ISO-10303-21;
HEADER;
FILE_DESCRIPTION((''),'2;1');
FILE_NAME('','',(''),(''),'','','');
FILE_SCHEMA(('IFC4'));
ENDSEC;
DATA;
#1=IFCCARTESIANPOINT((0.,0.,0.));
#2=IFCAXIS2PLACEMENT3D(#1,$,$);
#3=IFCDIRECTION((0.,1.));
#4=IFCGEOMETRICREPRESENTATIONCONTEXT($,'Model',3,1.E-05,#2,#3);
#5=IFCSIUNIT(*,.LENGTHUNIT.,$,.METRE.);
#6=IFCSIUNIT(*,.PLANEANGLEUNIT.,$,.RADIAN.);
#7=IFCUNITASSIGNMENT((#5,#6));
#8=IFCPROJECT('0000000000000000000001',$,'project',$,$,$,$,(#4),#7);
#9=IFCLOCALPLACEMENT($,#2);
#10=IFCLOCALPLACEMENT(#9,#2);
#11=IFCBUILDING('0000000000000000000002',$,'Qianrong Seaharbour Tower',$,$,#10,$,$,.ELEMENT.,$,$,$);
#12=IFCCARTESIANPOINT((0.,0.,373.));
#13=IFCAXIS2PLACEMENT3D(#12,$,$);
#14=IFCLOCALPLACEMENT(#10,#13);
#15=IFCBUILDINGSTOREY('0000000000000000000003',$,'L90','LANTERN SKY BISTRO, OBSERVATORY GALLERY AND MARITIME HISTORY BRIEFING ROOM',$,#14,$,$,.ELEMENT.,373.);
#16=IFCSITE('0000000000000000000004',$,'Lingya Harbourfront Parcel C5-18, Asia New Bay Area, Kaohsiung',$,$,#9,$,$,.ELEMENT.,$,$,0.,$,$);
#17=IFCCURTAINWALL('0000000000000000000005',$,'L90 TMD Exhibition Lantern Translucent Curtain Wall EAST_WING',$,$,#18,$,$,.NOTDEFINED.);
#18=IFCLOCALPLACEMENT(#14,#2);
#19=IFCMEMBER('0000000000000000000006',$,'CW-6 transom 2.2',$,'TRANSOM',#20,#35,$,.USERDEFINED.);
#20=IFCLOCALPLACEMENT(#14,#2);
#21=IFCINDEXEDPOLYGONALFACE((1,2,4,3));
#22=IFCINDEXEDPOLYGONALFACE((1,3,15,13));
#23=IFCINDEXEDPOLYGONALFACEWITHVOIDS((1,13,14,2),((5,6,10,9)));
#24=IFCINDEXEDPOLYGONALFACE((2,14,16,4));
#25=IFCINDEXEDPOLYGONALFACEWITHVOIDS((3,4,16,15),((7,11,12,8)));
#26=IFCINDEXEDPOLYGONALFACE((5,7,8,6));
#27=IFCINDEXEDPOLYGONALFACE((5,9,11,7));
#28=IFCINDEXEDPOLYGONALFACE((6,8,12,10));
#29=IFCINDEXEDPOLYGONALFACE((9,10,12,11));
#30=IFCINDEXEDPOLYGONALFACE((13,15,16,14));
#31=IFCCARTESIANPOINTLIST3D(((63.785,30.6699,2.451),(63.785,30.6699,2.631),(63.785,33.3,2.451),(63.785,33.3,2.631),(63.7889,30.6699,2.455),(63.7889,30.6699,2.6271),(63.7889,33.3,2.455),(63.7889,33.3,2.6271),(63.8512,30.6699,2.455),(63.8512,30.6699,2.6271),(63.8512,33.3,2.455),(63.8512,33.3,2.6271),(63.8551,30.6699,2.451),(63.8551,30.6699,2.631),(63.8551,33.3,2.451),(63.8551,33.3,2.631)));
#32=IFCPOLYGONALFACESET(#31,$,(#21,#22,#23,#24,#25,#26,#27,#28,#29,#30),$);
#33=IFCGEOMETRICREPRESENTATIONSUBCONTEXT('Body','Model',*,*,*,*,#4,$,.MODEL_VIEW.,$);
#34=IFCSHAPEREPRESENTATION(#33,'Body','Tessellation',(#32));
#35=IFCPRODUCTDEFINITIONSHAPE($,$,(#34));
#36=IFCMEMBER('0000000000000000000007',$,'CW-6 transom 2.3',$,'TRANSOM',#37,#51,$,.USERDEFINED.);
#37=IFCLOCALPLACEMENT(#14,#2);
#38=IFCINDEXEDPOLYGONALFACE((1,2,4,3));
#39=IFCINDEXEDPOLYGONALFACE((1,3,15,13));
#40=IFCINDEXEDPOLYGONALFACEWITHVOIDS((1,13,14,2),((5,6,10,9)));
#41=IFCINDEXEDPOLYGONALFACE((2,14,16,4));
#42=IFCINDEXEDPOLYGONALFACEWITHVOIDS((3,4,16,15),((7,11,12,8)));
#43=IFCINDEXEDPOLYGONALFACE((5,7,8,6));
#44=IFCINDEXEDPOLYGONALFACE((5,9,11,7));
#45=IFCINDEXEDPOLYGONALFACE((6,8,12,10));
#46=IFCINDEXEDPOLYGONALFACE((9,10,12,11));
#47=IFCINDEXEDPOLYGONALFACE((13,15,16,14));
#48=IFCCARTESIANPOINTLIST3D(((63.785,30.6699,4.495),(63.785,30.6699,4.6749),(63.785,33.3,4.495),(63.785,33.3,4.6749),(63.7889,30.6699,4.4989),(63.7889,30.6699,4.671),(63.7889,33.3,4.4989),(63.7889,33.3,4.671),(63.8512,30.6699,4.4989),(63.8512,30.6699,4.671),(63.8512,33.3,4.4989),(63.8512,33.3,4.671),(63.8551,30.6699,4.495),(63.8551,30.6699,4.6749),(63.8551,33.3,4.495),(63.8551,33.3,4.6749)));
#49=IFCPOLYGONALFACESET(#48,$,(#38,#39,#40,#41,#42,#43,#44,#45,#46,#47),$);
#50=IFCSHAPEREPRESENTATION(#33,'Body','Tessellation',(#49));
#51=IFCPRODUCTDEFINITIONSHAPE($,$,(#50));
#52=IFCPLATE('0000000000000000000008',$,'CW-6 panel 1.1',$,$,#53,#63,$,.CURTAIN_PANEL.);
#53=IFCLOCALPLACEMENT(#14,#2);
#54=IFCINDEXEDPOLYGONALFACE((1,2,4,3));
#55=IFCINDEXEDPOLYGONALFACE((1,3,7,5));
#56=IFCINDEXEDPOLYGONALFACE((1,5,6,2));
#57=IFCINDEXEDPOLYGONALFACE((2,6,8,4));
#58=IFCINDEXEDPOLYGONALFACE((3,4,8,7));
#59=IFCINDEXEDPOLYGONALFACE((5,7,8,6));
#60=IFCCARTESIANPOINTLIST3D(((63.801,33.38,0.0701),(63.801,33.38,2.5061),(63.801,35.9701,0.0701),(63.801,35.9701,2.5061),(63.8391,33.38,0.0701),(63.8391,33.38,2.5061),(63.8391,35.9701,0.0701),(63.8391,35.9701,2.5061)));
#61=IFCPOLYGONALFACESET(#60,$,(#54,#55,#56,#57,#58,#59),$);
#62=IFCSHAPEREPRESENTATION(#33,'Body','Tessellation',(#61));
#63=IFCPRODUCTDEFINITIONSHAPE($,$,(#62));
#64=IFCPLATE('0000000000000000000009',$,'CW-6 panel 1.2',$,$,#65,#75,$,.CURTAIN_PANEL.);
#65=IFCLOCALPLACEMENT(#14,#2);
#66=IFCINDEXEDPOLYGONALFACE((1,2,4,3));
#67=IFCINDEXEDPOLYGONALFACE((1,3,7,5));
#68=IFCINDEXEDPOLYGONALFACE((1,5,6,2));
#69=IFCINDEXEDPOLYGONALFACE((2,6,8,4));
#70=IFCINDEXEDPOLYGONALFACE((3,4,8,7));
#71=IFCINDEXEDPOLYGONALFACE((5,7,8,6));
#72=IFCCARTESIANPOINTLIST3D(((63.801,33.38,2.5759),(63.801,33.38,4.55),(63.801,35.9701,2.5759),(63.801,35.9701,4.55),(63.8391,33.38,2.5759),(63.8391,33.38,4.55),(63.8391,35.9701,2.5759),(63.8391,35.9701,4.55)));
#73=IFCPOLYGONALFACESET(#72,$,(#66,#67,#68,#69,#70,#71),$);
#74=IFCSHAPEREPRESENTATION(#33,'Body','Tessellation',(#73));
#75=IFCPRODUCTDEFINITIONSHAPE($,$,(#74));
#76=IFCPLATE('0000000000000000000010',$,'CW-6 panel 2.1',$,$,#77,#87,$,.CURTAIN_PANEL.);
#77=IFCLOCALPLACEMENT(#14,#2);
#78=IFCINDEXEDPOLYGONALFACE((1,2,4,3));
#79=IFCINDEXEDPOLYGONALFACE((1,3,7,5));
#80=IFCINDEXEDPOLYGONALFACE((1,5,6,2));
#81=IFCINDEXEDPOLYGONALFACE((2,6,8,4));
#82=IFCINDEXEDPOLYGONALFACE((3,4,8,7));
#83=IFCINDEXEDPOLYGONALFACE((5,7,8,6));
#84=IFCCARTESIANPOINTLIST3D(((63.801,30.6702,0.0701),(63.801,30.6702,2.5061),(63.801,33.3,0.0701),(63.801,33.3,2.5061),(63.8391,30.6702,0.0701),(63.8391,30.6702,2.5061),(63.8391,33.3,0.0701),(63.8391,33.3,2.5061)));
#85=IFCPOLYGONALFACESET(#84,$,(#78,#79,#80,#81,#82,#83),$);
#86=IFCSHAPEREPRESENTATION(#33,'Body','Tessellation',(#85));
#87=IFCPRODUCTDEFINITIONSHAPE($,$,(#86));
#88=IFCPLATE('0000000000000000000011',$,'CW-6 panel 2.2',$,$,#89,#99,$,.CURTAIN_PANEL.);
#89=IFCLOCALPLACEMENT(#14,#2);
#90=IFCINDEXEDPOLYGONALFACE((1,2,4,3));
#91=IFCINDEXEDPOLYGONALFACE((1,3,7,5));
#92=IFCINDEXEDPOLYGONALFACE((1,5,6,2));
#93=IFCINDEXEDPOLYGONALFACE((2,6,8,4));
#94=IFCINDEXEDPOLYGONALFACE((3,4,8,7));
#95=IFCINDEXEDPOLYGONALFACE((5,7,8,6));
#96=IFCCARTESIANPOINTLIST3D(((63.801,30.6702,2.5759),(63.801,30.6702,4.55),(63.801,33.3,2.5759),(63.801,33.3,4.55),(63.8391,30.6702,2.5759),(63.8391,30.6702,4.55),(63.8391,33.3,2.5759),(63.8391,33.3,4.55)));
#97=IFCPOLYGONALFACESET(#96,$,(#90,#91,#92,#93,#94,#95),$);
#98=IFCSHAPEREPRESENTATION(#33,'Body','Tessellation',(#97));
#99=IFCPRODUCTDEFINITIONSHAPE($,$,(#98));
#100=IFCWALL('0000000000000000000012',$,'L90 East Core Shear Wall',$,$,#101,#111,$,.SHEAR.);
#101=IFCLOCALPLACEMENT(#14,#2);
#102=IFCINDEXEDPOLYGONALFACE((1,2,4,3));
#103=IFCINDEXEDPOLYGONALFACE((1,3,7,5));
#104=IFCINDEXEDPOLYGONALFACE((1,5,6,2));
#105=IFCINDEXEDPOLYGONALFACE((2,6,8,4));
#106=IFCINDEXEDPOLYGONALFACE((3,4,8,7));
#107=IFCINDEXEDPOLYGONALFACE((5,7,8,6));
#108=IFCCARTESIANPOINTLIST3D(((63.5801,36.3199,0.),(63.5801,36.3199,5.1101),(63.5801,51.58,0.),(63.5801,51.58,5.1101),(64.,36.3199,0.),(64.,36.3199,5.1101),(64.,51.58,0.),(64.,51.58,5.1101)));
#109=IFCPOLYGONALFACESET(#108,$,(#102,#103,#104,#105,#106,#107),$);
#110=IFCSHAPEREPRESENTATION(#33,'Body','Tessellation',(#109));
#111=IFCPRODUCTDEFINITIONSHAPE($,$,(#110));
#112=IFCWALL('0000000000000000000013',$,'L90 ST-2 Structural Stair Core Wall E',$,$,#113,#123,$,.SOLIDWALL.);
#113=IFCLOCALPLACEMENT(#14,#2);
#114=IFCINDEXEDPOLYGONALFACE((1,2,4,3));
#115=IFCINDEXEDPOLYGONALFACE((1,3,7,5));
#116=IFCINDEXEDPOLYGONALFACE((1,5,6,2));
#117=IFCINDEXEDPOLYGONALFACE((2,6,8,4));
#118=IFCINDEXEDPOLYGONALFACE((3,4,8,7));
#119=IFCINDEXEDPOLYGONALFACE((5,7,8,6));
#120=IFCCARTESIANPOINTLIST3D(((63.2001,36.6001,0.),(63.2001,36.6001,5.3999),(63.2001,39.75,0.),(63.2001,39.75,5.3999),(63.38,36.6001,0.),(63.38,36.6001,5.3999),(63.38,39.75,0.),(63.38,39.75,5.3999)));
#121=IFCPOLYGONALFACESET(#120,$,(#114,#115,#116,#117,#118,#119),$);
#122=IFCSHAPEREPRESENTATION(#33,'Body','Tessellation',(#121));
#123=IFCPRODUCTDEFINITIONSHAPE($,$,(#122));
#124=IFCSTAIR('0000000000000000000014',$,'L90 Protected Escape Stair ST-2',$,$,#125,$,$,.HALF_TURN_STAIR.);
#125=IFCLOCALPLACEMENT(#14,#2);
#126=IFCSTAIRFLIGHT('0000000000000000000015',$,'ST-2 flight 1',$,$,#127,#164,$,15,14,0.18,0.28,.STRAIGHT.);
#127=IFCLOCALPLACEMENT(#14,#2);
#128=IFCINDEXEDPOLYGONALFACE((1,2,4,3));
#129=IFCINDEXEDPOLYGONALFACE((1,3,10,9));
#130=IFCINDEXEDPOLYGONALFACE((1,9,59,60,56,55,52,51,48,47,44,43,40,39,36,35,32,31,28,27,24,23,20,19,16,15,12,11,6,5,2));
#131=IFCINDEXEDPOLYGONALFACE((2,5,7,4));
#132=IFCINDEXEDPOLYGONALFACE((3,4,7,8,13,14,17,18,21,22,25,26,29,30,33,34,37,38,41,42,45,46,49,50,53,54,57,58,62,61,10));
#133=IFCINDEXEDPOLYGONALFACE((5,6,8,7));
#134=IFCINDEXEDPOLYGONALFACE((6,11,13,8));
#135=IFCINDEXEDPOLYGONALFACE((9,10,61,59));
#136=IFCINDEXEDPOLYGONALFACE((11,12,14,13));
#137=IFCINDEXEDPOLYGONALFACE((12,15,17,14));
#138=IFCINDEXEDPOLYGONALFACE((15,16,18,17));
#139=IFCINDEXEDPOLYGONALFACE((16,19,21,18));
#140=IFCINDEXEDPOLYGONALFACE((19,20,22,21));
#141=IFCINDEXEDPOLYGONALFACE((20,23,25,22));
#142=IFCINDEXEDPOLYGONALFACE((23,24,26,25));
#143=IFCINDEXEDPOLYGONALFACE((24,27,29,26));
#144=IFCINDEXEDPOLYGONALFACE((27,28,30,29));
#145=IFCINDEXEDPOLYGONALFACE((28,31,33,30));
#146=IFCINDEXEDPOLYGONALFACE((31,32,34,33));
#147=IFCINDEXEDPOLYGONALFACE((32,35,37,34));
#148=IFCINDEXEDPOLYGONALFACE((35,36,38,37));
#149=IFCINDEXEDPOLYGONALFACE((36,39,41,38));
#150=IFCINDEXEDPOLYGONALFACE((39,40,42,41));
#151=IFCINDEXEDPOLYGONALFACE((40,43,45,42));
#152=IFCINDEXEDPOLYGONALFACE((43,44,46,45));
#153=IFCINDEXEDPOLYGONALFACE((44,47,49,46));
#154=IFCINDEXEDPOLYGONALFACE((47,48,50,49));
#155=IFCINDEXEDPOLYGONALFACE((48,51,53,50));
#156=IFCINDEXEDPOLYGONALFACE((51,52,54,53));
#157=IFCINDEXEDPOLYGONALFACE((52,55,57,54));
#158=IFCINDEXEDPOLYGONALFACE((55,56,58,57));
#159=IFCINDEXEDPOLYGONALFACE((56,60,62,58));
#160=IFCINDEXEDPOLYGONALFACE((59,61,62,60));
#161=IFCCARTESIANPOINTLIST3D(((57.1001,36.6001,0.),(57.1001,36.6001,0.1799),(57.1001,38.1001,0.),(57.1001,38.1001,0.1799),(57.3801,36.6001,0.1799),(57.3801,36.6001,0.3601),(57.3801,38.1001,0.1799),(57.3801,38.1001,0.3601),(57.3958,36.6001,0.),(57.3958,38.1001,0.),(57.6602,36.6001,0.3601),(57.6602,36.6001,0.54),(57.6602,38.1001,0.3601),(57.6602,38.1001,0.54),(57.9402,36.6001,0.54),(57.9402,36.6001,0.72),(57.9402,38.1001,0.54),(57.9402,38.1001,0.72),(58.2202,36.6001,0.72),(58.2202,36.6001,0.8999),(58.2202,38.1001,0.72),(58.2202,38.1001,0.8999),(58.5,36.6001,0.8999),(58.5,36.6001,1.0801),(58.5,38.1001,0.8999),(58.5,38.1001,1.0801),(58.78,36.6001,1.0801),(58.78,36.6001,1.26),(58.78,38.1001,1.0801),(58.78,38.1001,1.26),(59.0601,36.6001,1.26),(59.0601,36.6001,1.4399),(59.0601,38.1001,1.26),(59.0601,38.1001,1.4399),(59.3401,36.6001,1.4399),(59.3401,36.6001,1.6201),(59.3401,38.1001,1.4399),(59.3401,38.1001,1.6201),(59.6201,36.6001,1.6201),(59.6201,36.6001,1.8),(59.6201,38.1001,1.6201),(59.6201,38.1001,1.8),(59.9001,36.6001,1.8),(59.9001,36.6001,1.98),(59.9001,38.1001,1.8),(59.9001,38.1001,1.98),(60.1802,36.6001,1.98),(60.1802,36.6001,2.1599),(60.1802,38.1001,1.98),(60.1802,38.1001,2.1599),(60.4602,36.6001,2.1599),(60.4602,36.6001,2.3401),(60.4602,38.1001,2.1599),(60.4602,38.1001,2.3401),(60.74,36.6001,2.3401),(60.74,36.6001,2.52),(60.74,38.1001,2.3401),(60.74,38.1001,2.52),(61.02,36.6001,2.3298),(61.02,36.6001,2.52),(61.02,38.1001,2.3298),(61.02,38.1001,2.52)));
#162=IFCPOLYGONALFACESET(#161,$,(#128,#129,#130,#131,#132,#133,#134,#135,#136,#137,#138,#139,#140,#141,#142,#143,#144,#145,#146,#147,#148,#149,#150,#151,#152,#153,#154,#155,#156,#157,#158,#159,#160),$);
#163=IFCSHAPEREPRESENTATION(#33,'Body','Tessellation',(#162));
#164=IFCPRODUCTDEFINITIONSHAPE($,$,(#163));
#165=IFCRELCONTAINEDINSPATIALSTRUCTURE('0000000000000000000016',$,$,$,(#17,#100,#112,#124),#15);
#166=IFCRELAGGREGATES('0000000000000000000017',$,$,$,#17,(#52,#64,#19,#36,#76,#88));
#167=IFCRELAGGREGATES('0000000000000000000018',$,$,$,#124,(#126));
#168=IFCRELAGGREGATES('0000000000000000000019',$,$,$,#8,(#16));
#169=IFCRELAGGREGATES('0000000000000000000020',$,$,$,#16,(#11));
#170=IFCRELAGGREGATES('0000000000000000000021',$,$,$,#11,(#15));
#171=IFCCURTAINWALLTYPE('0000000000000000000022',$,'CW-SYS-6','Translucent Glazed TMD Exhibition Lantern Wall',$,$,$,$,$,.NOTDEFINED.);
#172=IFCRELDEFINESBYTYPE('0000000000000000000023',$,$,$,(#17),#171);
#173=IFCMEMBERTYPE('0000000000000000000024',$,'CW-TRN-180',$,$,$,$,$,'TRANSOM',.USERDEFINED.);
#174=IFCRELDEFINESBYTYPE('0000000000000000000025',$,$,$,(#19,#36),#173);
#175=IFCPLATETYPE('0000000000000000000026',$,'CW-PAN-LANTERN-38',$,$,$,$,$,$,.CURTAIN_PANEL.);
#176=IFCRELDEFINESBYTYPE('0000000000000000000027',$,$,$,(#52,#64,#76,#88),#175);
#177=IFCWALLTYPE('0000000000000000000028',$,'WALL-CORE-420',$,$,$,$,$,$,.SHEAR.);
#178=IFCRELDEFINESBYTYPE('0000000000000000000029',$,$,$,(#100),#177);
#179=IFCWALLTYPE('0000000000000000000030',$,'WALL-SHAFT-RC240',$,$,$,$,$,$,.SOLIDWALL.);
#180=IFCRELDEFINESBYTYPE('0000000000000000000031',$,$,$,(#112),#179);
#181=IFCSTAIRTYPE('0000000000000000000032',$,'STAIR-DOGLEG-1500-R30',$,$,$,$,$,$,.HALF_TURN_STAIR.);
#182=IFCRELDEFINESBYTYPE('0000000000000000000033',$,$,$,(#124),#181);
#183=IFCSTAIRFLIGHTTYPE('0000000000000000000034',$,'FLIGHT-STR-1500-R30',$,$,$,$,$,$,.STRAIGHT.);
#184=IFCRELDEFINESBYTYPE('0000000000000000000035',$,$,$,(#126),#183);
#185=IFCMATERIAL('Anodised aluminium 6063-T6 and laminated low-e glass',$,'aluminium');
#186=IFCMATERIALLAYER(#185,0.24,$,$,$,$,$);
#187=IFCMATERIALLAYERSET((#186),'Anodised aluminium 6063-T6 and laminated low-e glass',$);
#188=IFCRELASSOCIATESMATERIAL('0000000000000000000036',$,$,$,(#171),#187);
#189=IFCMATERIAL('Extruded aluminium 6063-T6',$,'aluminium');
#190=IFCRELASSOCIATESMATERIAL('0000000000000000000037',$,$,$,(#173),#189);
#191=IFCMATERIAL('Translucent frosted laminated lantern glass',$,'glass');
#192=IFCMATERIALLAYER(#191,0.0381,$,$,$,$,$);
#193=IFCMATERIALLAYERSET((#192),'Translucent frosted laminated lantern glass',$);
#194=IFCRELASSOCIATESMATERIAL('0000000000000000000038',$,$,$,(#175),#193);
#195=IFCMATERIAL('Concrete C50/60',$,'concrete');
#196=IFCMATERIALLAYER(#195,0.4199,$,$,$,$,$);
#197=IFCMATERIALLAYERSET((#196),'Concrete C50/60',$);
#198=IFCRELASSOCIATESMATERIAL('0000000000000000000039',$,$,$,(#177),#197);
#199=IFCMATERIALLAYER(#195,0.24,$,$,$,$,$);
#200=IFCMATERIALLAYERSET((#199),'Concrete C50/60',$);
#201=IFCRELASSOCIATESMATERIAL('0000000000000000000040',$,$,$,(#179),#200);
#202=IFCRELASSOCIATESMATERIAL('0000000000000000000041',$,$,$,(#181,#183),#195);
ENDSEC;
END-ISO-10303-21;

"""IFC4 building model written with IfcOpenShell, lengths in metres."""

from ifc_helpers import new_model, si_unit, direction, frame, frame_2d, origin, origin_2d, place, context, subcontext, project, spatial, polyline, rectangle, hollow_rectangle, outline, extrude, material, layer, layer_set, material_profile, profile_set, type_object, element, aggregate, save


model = new_model("IFC4")

# Units and contexts
model_context = context("Model", 3, precision=1e-05, world=origin(), true_north=direction((0.0, 1.0)))
body_context = subcontext(model_context, "Body", "Model", "MODEL_VIEW")
ifc_project = project(units=[si_unit("LENGTHUNIT", "METRE"), si_unit("PLANEANGLEUNIT", "RADIAN")], contexts=[model_context])

# Site, building, storey
site_placement = place(None, origin())
site = spatial("IfcSite", under=ifc_project, at=site_placement, Name="Lingya Harbourfront Parcel C5-18, Asia New Bay Area, Kaohsiung", CompositionType="ELEMENT", RefElevation=0.0)
building_placement = place(site_placement, origin())
building = spatial("IfcBuilding", under=site, at=building_placement, Name="Qianrong Seaharbour Tower", CompositionType="ELEMENT")
storey_placement = place(building_placement, frame((0.0, 0.0, 373.0)))
storey = spatial("IfcBuildingStorey", under=building, at=storey_placement, Name="L90", Description="LANTERN SKY BISTRO, OBSERVATORY GALLERY AND MARITIME HISTORY BRIEFING ROOM", CompositionType="ELEMENT", Elevation=373.0)

# Shared definitions
ifc_material_1 = material(Name="Concrete C50/60", Category="concrete")

# Curtain wall, members, plates
ifc_material_2 = material(Name="Anodised aluminium 6063-T6 and laminated low-e glass", Category="aluminium")
ifc_layer_1 = layer(ifc_material_2, 0.24)
ifc_layer_set_1 = layer_set([ifc_layer_1], Name="Anodised aluminium 6063-T6 and laminated low-e glass")
curtain_wall_type = type_object("IfcCurtainWallType", Name="CW-SYS-6", Description="Translucent Glazed TMD Exhibition Lantern Wall", PredefinedType="NOTDEFINED", material=ifc_layer_set_1)
curtain_wall_placement = place(storey_placement, origin())
curtain_wall = element("IfcCurtainWall", 1, at=curtain_wall_placement, inside=storey, type_object=curtain_wall_type, Name="L90 TMD Exhibition Lantern Translucent Curtain Wall EAST_WING", PredefinedType="NOTDEFINED")
ifc_material_3 = material(Name="Extruded aluminium 6063-T6", Category="aluminium")
ifc_material_profile_1 = material_profile(ifc_material_3, hollow_rectangle(XDim=0.0701, YDim=0.1799, WallThickness=0.0039, at=origin_2d()), Name="ALU-TRN-180x70x4")
ifc_profile_set_1 = profile_set([ifc_material_profile_1], Name="Extruded aluminium 6063-T6")
member_type_1 = type_object("IfcMemberType", Name="CW-TRN-180", ElementType="TRANSOM", PredefinedType="USERDEFINED", material=ifc_profile_set_1)
member_1_placement = place(storey_placement, frame((63.8201, 33.3, 2.541), z_axis=(0.0, -1.0, 0.0), x_axis=(1.0, 0.0, 0.0)))
member_1 = element("IfcMember", 2, at=member_1_placement, type_object=member_type_1, Name="CW-6 transom 2.2", ObjectType="TRANSOM", PredefinedType="USERDEFINED", context=body_context, shape_type="SweptSolid", body=[
    extrude(hollow_rectangle(XDim=0.0701, YDim=0.1799, WallThickness=0.0039, at=origin_2d()), origin(), (0.0, 0.0, 1.0), 2.6301),
])
member_2_placement = place(storey_placement, frame((63.8201, 33.3, 4.585), z_axis=(0.0, -1.0, 0.0), x_axis=(1.0, 0.0, 0.0)))
member_2 = element("IfcMember", 3, at=member_2_placement, type_object=member_type_1, Name="CW-6 transom 2.3", ObjectType="TRANSOM", PredefinedType="USERDEFINED", context=body_context, shape_type="SweptSolid", body=[
    extrude(hollow_rectangle(XDim=0.0701, YDim=0.1799, WallThickness=0.0039, at=origin_2d()), origin(), (0.0, 0.0, 1.0), 2.6301),
])
ifc_material_4 = material(Name="Translucent frosted laminated lantern glass", Category="glass")
ifc_layer_2 = layer(ifc_material_4, 0.0381)
ifc_layer_set_2 = layer_set([ifc_layer_2], Name="Translucent frosted laminated lantern glass")
plate_type = type_object("IfcPlateType", Name="CW-PAN-LANTERN-38", PredefinedType="CURTAIN_PANEL", material=ifc_layer_set_2)
plate_1_placement = place(storey_placement, frame((63.8201, 34.675, 0.0701), z_axis=(0.0, 0.0, 1.0), x_axis=(0.0, -1.0, 0.0)))
plate_1 = element("IfcPlate", 4, at=plate_1_placement, type_object=plate_type, Name="CW-6 panel 1.1", PredefinedType="CURTAIN_PANEL", context=body_context, shape_type="SweptSolid", body=[
    extrude(rectangle(XDim=2.5901, YDim=0.0381, at=origin_2d()), origin(), (0.0, 0.0, 1.0), 2.436),
])
plate_2_placement = place(storey_placement, frame((63.8201, 34.675, 2.5759), z_axis=(0.0, 0.0, 1.0), x_axis=(0.0, -1.0, 0.0)))
plate_2 = element("IfcPlate", 5, at=plate_2_placement, type_object=plate_type, Name="CW-6 panel 1.2", PredefinedType="CURTAIN_PANEL", context=body_context, shape_type="SweptSolid", body=[
    extrude(rectangle(XDim=2.5901, YDim=0.0381, at=origin_2d()), origin(), (0.0, 0.0, 1.0), 1.9741),
])
plate_3_placement = place(storey_placement, frame((63.8201, 31.9851, 0.0701), z_axis=(0.0, 0.0, 1.0), x_axis=(0.0, -1.0, 0.0)))
plate_3 = element("IfcPlate", 6, at=plate_3_placement, type_object=plate_type, Name="CW-6 panel 2.1", PredefinedType="CURTAIN_PANEL", context=body_context, shape_type="SweptSolid", body=[
    extrude(rectangle(XDim=2.6299, YDim=0.0381, at=origin_2d()), origin(), (0.0, 0.0, 1.0), 2.436),
])
plate_4_placement = place(storey_placement, frame((63.8201, 31.9851, 2.5759), z_axis=(0.0, 0.0, 1.0), x_axis=(0.0, -1.0, 0.0)))
plate_4 = element("IfcPlate", 7, at=plate_4_placement, type_object=plate_type, Name="CW-6 panel 2.2", PredefinedType="CURTAIN_PANEL", context=body_context, shape_type="SweptSolid", body=[
    extrude(rectangle(XDim=2.6299, YDim=0.0381, at=origin_2d()), origin(), (0.0, 0.0, 1.0), 1.9741),
])
aggregate(curtain_wall, [plate_1, plate_2, member_1, member_2, plate_3, plate_4])

# Walls
ifc_layer_3 = layer(ifc_material_1, 0.4199)
ifc_layer_set_3 = layer_set([ifc_layer_3], Name="Concrete C50/60")
wall_type_1 = type_object("IfcWallType", Name="WALL-CORE-420", PredefinedType="SHEAR", material=ifc_layer_set_3)
wall_1_placement = place(storey_placement, frame((63.79, 36.3201, 0.0), z_axis=(0.0, 0.0, 1.0), x_axis=(0.0, 1.0, 0.0)))
element("IfcWall", 8, at=wall_1_placement, inside=storey, type_object=wall_type_1, Name="L90 East Core Shear Wall", PredefinedType="SHEAR", context=body_context, shape_type="SweptSolid", body=[
    extrude(rectangle(XDim=15.26, YDim=0.4199, at=frame_2d((7.6299, 0.0))), origin(), (0.0, 0.0, 1.0), 5.1101),
])
ifc_layer_4 = layer(ifc_material_1, 0.24)
ifc_layer_set_4 = layer_set([ifc_layer_4], Name="Concrete C50/60")
wall_type_2 = type_object("IfcWallType", Name="WALL-SHAFT-RC240", PredefinedType="SOLIDWALL", material=ifc_layer_set_4)
wall_2_placement = place(storey_placement, frame((63.29, 36.6001, 0.0), z_axis=(0.0, 0.0, 1.0), x_axis=(0.0, 1.0, 0.0)))
element("IfcWall", 9, at=wall_2_placement, inside=storey, type_object=wall_type_2, Name="L90 ST-2 Structural Stair Core Wall E", PredefinedType="SOLIDWALL", context=body_context, shape_type="SweptSolid", body=[
    extrude(rectangle(XDim=3.1499, YDim=0.1799, at=frame_2d((1.575, 0.0))), origin(), (0.0, 0.0, 1.0), 5.3999),
])

# Stair, stair flight
stair_type = type_object("IfcStairType", Name="STAIR-DOGLEG-1500-R30", PredefinedType="HALF_TURN_STAIR", material=ifc_material_1)
stair_placement = place(storey_placement, origin())
stair = element("IfcStair", 10, at=stair_placement, inside=storey, type_object=stair_type, Name="L90 Protected Escape Stair ST-2", PredefinedType="HALF_TURN_STAIR")
stair_flight_type = type_object("IfcStairFlightType", Name="FLIGHT-STR-1500-R30", PredefinedType="STRAIGHT", material=ifc_material_1)
stair_flight_placement = place(storey_placement, frame((57.1001, 37.3501, 0.0), z_axis=(0.0, 0.0, 1.0), x_axis=(1.0, 0.0, 0.0)))
stair_flight = element("IfcStairFlight", 11, at=stair_flight_placement, type_object=stair_flight_type, Name="ST-2 flight 1", NumberOfRisers=15, NumberOfTreads=14, PredefinedType="STRAIGHT", RiserHeight=0.18, TreadLength=0.28, context=body_context, shape_type="SweptSolid", body=[
    extrude(outline(polyline([(0.0, 0.0), (0.0, 0.1799), (0.28, 0.1799), (0.28, 0.3601), (0.5601, 0.3601), (0.5601, 0.54), (0.8401, 0.54), (0.8401, 0.72), (1.1201, 0.72), (1.1201, 0.8999), (1.3999, 0.8999), (1.3999, 1.0801), (1.6799, 1.0801), (1.6799, 1.26), (1.96, 1.26), (1.96, 1.4399), (2.24, 1.4399), (2.24, 1.6201), (2.52, 1.6201), (2.52, 1.8), (2.8, 1.8), (2.8, 1.98), (3.0801, 1.98), (3.0801, 2.1599), (3.3601, 2.1599), (3.3601, 2.3401), (3.6399, 2.3401), (3.6399, 2.52), (3.9199, 2.52), (3.9199, 2.7), (3.9199, 2.3298), (0.2957, 0.0), (0.0, 0.0)])), frame((0.0, 0.75, 0.0), z_axis=(0.0, -1.0, 0.0), x_axis=(1.0, 0.0, 0.0)), (0.0, 0.0, 1.0), 1.5),
])
aggregate(stair, [stair_flight])

save(model, "model.ifc")
